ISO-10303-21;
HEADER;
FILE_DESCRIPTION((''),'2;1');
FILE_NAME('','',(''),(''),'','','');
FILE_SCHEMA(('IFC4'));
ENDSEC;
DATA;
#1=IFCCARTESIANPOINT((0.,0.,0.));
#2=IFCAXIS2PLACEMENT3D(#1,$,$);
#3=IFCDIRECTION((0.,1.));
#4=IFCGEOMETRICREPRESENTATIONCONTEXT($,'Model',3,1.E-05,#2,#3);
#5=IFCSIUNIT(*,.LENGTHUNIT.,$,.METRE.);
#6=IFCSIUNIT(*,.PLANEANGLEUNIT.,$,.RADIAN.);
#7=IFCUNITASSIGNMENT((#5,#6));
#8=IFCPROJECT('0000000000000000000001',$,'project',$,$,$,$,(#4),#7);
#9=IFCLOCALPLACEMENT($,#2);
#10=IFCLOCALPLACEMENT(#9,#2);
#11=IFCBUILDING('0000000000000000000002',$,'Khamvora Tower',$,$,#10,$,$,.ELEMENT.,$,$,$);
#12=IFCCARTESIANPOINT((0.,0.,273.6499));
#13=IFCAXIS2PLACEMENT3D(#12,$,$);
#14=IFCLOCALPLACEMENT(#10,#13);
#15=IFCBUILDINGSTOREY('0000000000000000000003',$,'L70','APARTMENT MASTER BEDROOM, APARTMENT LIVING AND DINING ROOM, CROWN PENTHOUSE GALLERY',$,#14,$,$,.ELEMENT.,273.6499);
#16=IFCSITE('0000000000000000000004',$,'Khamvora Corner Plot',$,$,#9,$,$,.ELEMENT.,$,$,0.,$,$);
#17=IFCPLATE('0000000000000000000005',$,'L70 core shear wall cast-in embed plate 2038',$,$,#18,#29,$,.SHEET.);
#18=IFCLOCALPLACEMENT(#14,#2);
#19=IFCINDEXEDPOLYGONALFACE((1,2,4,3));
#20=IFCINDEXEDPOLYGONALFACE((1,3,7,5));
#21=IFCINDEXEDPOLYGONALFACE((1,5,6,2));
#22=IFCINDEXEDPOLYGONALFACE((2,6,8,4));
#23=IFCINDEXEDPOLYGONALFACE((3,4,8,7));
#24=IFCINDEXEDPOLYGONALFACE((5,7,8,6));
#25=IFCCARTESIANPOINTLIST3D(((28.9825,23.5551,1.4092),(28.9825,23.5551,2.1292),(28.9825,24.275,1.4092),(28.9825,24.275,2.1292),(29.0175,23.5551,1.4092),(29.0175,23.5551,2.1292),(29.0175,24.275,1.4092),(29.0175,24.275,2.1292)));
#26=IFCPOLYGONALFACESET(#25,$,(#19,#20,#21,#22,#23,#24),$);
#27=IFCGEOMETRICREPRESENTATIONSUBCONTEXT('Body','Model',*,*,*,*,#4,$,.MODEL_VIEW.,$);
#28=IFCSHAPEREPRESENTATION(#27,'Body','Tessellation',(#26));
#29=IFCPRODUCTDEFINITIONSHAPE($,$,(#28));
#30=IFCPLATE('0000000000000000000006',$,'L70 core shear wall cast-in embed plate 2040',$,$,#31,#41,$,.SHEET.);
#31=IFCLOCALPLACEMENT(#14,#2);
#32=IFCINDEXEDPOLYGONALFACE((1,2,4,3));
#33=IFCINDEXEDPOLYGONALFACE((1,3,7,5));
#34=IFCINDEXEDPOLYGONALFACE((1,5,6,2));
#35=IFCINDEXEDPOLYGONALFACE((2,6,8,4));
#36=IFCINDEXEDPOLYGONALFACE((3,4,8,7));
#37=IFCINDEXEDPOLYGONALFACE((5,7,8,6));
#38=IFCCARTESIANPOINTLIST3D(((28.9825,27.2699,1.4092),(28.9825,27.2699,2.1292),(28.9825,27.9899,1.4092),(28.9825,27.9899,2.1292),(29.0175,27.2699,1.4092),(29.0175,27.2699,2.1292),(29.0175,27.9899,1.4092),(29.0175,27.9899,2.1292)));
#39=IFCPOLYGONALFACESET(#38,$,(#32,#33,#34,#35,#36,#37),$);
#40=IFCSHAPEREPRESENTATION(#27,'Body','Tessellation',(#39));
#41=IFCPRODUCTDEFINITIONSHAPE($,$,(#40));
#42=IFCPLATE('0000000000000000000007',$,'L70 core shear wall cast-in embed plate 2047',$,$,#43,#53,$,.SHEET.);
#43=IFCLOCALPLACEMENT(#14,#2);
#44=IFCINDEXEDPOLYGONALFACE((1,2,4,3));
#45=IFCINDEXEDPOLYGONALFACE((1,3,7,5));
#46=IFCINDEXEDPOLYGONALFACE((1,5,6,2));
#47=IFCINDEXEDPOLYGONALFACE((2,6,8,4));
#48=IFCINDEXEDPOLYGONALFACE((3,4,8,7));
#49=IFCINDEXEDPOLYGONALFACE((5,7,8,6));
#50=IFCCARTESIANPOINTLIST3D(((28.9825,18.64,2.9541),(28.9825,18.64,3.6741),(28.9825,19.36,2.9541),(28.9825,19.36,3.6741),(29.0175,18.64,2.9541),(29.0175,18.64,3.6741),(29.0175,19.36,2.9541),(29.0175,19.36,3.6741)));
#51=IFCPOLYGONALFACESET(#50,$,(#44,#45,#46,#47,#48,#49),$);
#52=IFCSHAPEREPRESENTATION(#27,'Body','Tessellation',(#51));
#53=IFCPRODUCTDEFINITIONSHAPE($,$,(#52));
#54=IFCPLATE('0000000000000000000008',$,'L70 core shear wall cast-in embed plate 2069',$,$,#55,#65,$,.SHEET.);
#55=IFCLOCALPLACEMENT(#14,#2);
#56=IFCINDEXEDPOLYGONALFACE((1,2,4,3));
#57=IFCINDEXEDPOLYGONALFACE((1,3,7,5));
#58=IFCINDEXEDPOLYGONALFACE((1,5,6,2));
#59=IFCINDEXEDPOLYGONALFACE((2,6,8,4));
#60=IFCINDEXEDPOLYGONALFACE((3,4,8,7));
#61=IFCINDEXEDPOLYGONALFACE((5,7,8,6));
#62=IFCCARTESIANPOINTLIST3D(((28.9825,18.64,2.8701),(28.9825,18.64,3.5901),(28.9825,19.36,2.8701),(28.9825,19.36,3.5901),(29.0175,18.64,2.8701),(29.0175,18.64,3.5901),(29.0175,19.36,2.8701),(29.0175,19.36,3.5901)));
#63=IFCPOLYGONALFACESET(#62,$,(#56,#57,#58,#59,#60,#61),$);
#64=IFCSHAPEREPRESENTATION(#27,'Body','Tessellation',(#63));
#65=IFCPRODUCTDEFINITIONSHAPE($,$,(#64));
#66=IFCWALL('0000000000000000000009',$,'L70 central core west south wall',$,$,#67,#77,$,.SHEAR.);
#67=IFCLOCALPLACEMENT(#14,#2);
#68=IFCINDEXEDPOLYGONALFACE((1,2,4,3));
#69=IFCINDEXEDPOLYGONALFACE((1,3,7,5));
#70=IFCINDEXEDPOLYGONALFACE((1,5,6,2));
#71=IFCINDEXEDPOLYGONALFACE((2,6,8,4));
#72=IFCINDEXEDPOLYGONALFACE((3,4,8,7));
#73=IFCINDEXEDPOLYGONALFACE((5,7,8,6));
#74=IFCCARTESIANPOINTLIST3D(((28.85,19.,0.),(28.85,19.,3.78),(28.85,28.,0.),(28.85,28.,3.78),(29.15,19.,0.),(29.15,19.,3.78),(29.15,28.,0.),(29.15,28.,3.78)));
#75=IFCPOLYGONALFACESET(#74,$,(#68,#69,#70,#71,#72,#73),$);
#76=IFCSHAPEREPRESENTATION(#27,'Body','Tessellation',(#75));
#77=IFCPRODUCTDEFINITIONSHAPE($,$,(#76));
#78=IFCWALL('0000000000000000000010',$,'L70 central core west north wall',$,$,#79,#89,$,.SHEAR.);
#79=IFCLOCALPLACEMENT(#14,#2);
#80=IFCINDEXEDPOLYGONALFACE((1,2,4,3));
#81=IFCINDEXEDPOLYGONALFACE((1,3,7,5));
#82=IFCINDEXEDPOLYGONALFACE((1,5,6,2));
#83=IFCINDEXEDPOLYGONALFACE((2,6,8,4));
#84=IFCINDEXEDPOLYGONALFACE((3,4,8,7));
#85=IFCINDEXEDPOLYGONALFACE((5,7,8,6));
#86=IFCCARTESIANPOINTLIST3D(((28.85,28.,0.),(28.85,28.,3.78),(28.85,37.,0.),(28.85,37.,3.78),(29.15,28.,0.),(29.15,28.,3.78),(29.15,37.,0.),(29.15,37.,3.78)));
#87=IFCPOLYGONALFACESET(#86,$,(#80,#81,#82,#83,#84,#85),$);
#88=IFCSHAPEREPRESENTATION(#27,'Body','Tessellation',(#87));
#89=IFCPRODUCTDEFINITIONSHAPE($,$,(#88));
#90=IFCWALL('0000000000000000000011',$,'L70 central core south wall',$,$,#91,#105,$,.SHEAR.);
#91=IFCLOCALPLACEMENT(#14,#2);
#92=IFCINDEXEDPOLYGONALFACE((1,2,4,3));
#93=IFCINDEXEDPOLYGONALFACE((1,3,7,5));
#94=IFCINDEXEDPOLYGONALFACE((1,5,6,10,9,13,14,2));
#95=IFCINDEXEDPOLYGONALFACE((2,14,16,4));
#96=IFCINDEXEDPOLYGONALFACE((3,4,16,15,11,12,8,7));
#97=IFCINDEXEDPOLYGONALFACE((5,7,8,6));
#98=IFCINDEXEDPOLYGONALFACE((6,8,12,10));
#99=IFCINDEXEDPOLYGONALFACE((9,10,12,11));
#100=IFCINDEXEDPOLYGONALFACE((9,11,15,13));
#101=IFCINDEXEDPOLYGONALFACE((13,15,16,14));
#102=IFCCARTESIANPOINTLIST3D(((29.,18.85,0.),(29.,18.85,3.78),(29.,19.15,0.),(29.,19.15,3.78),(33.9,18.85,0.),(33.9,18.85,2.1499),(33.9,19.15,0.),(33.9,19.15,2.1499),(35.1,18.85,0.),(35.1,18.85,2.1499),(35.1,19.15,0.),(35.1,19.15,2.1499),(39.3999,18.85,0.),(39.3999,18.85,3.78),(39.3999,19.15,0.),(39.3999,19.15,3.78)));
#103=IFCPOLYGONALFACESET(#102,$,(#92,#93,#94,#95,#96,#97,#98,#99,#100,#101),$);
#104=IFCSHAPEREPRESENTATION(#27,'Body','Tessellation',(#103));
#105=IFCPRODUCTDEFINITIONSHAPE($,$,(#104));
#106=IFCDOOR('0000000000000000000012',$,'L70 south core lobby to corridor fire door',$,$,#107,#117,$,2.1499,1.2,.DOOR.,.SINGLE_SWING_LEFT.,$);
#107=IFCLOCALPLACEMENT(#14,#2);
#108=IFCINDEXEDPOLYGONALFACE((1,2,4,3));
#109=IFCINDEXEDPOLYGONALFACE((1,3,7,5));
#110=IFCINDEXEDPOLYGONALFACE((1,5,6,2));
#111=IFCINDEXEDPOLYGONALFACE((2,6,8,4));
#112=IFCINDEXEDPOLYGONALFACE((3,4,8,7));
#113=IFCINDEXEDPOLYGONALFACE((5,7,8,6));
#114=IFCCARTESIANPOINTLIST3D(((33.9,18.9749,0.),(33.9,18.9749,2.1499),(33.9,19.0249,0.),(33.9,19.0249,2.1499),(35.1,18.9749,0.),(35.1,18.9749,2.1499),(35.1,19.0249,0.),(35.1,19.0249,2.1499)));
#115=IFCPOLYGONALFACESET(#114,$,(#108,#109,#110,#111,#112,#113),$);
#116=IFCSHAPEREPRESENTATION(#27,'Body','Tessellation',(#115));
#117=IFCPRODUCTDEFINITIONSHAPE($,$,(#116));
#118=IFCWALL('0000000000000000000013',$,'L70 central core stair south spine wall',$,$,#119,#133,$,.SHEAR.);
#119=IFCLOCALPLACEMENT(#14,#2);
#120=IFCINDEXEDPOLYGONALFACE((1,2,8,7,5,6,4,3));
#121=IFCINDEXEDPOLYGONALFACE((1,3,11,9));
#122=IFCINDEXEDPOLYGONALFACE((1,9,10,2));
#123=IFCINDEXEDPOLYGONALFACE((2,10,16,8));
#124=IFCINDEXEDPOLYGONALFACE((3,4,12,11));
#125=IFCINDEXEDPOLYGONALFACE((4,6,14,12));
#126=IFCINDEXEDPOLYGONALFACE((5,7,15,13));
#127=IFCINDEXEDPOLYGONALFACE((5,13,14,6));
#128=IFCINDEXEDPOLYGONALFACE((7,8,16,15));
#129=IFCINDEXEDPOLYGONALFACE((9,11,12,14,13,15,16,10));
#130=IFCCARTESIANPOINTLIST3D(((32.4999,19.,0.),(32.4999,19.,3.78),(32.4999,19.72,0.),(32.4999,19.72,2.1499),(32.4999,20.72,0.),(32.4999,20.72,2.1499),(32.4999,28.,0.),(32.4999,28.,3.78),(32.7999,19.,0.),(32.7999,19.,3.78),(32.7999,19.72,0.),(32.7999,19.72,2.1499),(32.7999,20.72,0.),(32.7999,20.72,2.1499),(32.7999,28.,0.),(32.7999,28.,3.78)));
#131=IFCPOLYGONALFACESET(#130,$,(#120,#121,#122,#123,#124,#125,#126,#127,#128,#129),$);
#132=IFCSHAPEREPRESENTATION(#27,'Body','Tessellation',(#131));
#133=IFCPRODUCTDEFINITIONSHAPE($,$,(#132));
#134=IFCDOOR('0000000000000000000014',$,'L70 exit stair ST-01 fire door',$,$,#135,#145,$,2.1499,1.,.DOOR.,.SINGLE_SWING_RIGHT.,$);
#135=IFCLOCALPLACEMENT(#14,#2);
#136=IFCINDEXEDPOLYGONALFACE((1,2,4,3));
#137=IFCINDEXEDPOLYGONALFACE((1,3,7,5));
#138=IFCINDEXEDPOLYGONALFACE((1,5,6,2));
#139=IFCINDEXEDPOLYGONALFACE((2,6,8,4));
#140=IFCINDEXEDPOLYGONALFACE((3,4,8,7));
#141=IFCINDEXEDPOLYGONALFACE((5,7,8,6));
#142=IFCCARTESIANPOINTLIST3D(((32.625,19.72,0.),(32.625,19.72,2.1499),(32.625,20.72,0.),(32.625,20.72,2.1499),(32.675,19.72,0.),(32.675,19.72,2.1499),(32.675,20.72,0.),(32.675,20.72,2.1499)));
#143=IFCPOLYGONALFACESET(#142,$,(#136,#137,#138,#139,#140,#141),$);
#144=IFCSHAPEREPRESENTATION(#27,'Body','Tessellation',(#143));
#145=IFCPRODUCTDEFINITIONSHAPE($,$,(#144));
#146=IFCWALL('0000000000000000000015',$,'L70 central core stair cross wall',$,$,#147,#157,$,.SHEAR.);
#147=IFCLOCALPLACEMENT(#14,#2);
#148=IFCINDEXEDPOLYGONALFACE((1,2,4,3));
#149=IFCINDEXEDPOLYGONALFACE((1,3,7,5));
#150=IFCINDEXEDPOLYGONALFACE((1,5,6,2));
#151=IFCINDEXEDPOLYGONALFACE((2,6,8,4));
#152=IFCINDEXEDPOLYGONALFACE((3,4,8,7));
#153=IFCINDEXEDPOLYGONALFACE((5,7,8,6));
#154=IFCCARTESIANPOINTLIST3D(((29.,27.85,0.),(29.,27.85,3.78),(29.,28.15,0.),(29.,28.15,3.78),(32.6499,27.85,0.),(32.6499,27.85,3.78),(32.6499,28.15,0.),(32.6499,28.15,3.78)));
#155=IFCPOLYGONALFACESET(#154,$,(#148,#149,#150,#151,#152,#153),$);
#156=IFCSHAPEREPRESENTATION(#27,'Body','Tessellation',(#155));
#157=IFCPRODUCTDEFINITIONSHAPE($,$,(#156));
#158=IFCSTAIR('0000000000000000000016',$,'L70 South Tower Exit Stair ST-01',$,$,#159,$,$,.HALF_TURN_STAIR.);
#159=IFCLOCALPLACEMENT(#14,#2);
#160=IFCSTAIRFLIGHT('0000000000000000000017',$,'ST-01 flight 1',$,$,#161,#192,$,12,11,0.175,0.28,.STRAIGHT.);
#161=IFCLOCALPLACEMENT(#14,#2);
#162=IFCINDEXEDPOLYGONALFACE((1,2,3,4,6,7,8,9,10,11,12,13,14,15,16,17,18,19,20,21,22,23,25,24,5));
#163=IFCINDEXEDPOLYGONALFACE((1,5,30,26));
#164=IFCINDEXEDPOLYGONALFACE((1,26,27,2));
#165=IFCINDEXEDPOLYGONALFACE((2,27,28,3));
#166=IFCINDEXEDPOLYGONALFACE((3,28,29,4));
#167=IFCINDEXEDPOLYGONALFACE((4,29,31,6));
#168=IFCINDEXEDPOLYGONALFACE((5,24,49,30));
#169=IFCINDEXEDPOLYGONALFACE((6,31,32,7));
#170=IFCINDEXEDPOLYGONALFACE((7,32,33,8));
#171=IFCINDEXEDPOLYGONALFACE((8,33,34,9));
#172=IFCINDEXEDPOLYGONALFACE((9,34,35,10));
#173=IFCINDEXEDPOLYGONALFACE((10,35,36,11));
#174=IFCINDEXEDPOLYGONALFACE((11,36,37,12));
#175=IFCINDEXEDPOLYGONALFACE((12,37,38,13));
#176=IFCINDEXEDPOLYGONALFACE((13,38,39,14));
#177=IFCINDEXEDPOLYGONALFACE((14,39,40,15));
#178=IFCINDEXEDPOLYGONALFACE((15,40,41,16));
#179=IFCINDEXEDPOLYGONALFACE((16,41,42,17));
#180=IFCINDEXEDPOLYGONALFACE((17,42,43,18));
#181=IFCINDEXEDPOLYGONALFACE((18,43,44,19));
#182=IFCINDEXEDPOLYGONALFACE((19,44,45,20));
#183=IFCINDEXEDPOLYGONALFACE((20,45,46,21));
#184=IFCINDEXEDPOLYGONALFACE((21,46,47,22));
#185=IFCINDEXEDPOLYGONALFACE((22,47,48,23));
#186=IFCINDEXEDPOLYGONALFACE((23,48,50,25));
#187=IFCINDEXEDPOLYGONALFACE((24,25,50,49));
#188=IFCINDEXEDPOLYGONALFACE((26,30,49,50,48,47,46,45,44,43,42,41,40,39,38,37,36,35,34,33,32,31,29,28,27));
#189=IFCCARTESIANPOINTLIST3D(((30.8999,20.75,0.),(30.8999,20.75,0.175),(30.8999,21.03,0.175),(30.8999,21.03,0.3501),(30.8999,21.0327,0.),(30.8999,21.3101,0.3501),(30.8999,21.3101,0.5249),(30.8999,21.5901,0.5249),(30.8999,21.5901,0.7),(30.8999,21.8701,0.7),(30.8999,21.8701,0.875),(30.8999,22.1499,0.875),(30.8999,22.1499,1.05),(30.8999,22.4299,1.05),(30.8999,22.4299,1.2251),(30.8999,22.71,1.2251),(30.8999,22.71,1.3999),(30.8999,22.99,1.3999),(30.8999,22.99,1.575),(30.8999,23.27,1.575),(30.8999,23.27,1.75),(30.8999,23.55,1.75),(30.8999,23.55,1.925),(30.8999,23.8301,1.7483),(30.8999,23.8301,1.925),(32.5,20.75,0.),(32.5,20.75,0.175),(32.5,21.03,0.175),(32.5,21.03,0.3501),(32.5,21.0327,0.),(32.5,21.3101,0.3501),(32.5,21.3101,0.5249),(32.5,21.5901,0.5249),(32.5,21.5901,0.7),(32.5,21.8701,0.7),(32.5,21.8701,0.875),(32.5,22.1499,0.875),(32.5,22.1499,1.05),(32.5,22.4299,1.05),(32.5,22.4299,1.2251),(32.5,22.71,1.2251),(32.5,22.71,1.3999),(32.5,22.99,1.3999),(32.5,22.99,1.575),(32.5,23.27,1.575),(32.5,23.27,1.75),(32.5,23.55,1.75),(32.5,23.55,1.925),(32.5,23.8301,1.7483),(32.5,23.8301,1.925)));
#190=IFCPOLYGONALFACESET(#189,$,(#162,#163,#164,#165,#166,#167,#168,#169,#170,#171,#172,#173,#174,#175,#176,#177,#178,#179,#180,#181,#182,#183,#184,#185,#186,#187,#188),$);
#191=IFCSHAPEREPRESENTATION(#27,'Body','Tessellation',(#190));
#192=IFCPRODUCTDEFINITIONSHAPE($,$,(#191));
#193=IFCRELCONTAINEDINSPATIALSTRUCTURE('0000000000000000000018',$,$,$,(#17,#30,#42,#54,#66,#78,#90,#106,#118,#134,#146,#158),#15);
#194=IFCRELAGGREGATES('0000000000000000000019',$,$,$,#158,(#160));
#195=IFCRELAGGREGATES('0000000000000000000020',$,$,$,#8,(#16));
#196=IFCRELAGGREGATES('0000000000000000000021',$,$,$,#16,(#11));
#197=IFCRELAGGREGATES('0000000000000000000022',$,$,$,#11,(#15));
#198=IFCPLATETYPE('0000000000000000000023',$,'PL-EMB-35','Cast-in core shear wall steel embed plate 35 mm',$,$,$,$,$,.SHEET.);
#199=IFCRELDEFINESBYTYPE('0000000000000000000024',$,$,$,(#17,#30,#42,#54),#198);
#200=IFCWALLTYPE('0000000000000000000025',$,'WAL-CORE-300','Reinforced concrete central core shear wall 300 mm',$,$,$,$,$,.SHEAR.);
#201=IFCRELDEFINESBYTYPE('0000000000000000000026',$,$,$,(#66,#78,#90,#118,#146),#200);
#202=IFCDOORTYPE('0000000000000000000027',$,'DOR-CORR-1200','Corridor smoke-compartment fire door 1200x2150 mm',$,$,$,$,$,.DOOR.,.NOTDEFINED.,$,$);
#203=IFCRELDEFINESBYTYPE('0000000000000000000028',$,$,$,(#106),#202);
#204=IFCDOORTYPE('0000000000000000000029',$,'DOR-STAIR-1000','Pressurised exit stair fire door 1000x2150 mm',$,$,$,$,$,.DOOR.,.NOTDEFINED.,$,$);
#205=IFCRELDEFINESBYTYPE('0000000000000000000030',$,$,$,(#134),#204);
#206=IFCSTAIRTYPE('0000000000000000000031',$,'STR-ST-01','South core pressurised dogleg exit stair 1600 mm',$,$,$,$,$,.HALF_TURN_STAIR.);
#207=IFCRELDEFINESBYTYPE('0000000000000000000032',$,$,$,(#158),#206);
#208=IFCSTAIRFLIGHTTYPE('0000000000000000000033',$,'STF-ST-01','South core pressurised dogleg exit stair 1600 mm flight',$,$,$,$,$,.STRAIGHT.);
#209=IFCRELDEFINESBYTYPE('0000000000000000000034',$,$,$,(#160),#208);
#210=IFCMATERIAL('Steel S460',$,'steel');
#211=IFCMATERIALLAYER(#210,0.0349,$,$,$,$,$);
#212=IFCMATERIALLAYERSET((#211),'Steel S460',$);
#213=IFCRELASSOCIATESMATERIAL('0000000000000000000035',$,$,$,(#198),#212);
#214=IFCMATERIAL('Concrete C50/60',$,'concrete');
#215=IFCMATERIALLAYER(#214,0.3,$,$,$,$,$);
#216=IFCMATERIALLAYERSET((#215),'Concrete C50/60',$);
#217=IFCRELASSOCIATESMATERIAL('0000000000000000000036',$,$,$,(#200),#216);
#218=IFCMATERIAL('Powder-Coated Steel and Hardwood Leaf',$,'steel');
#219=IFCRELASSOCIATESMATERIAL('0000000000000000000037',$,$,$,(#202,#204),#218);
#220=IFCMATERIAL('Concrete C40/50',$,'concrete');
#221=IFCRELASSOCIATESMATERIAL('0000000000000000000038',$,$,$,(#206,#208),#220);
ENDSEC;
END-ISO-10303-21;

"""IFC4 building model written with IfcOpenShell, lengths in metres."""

from ifc_helpers import new_model, si_unit, direction, frame, frame_2d, origin, origin_2d, place, context, subcontext, project, spatial, polyline, rectangle, outline, extrude, material, layer, layer_set, type_object, element, fill, aggregate, save


model = new_model("IFC4")

# Units and contexts
model_context = context("Model", 3, precision=1e-05, world=origin(), true_north=direction((0.0, 1.0)))
body_context = subcontext(model_context, "Body", "Model", "MODEL_VIEW")
ifc_project = project(units=[si_unit("LENGTHUNIT", "METRE"), si_unit("PLANEANGLEUNIT", "RADIAN")], contexts=[model_context])

# Site, building, storey
site_placement = place(None, origin())
site = spatial("IfcSite", under=ifc_project, at=site_placement, Name="Khamvora Corner Plot", CompositionType="ELEMENT", RefElevation=0.0)
building_placement = place(site_placement, origin())
building = spatial("IfcBuilding", under=site, at=building_placement, Name="Khamvora Tower", CompositionType="ELEMENT")
storey_placement = place(building_placement, frame((0.0, 0.0, 273.6499)))
storey = spatial("IfcBuildingStorey", under=building, at=storey_placement, Name="L70", Description="APARTMENT MASTER BEDROOM, APARTMENT LIVING AND DINING ROOM, CROWN PENTHOUSE GALLERY", CompositionType="ELEMENT", Elevation=273.6499)

# Shared definitions
ifc_material_1 = material(Name="Steel S460", Category="steel")

# Plates
ifc_layer_1 = layer(ifc_material_1, 0.0349)
ifc_layer_set_1 = layer_set([ifc_layer_1], Name="Steel S460")
plate_type_1 = type_object("IfcPlateType", Name="PL-EMB-35", Description="Cast-in core shear wall steel embed plate 35 mm", PredefinedType="SHEET", material=ifc_layer_set_1)
for number, where, z_axis, x_axis, name in (
    (1, (29.0, 23.915, 1.4092), (0.0, 0.0, 1.0), (1.0, 0.0, 0.0), "L70 core shear wall cast-in embed plate 2038"),
    (2, (29.0, 27.6299, 1.4092), (0.0, 0.0, 1.0), (1.0, 0.0, 0.0), "L70 core shear wall cast-in embed plate 2040"),
    (3, (29.0, 19.0, 2.9541), (0.0, 0.0, 1.0), (1.0, 0.0, 0.0), "L70 core shear wall cast-in embed plate 2047"),
    (4, (29.0, 19.0, 2.8701), (0.0, 0.0, 1.0), (1.0, 0.0, 0.0), "L70 core shear wall cast-in embed plate 2069"),
):
    element("IfcPlate", number, at=place(storey_placement, frame(where, z_axis=z_axis, x_axis=x_axis)), inside=storey, type_object=plate_type_1, Name=name, PredefinedType="SHEET", context=body_context, shape_type="SweptSolid", body=[
        extrude(rectangle(XDim=0.0349, YDim=0.72, at=origin_2d()), origin(), (0.0, 0.0, 1.0), 0.72),
    ])

# Walls
ifc_material_2 = material(Name="Concrete C50/60", Category="concrete")
ifc_layer_2 = layer(ifc_material_2, 0.3)
ifc_layer_set_2 = layer_set([ifc_layer_2], Name="Concrete C50/60")
wall_type = type_object("IfcWallType", Name="WAL-CORE-300", Description="Reinforced concrete central core shear wall 300 mm", PredefinedType="SHEAR", material=ifc_layer_set_2)
for number, where, z_axis, x_axis, name in (
    (5, (29.0, 19.0, 0.0), (0.0, 0.0, 1.0), (0.0, 1.0, 0.0), "L70 central core west south wall"),
    (6, (29.0, 28.0, 0.0), (0.0, 0.0, 1.0), (0.0, 1.0, 0.0), "L70 central core west north wall"),
):
    element("IfcWall", number, at=place(storey_placement, frame(where, z_axis=z_axis, x_axis=x_axis)), inside=storey, type_object=wall_type, Name=name, PredefinedType="SHEAR", context=body_context, shape_type="SweptSolid", body=[
        extrude(rectangle(XDim=9.0, YDim=0.3, at=frame_2d((4.5, 0.0))), origin(), (0.0, 0.0, 1.0), 3.78),
    ])

# Walls, openings, doors
wall_1_placement = place(storey_placement, frame((29.0, 19.0, 0.0), z_axis=(0.0, 0.0, 1.0), x_axis=(1.0, 0.0, 0.0)))
wall_1 = element("IfcWall", 7, at=wall_1_placement, inside=storey, type_object=wall_type, Name="L70 central core south wall", PredefinedType="SHEAR", context=body_context, shape_type="SweptSolid", body=[
    extrude(rectangle(XDim=10.3999, YDim=0.3, at=frame_2d((5.2, 0.0))), origin(), (0.0, 0.0, 1.0), 3.78),
])
opening_1_placement = place(wall_1_placement, frame((4.8999, 0.0, 0.0)))
opening_1 = element("IfcOpeningElement", 8, at=opening_1_placement, cuts=wall_1, PredefinedType="OPENING", context=body_context, shape_type="SweptSolid", body=[
    extrude(rectangle(XDim=1.2, YDim=2.1499, at=frame_2d((0.6001, 1.075))), frame((0.0, 0.1599, 0.0), z_axis=(0.0, -1.0, 0.0), x_axis=(1.0, 0.0, 0.0)), (0.0, 0.0, 1.0), 0.3201),
])
ifc_material_3 = material(Name="Powder-Coated Steel and Hardwood Leaf", Category="steel")
door_type_1 = type_object("IfcDoorType", Name="DOR-CORR-1200", Description="Corridor smoke-compartment fire door 1200x2150 mm", OperationType="NOTDEFINED", PredefinedType="DOOR", material=ifc_material_3)
door_1_placement = place(opening_1_placement, origin())
door_1 = element("IfcDoor", 9, at=door_1_placement, inside=storey, type_object=door_type_1, Name="L70 south core lobby to corridor fire door", OperationType="SINGLE_SWING_LEFT", OverallHeight=2.1499, OverallWidth=1.2, PredefinedType="DOOR", context=body_context, shape_type="SweptSolid", body=[
    extrude(rectangle(XDim=1.2, YDim=2.1499, at=frame_2d((0.6001, 1.075))), frame((0.0, 0.0249, 0.0), z_axis=(0.0, -1.0, 0.0), x_axis=(1.0, 0.0, 0.0)), (0.0, 0.0, 1.0), 0.05),
])
fill(opening_1, door_1)
wall_2_placement = place(storey_placement, frame((32.6499, 19.0, 0.0), z_axis=(0.0, 0.0, 1.0), x_axis=(0.0, 1.0, 0.0)))
wall_2 = element("IfcWall", 10, at=wall_2_placement, inside=storey, type_object=wall_type, Name="L70 central core stair south spine wall", PredefinedType="SHEAR", context=body_context, shape_type="SweptSolid", body=[
    extrude(rectangle(XDim=9.0, YDim=0.3, at=frame_2d((4.5, 0.0))), origin(), (0.0, 0.0, 1.0), 3.78),
])
opening_2_placement = place(wall_2_placement, frame((0.72, 0.0, 0.0)))
opening_2 = element("IfcOpeningElement", 11, at=opening_2_placement, cuts=wall_2, PredefinedType="OPENING", context=body_context, shape_type="SweptSolid", body=[
    extrude(rectangle(XDim=1.0, YDim=2.1499, at=frame_2d((0.5, 1.075))), frame((0.0, 0.1599, 0.0), z_axis=(0.0, -1.0, 0.0), x_axis=(1.0, 0.0, 0.0)), (0.0, 0.0, 1.0), 0.3201),
])
door_type_2 = type_object("IfcDoorType", Name="DOR-STAIR-1000", Description="Pressurised exit stair fire door 1000x2150 mm", OperationType="NOTDEFINED", PredefinedType="DOOR", material=ifc_material_3)
door_2_placement = place(opening_2_placement, origin())
door_2 = element("IfcDoor", 12, at=door_2_placement, inside=storey, type_object=door_type_2, Name="L70 exit stair ST-01 fire door", OperationType="SINGLE_SWING_RIGHT", OverallHeight=2.1499, OverallWidth=1.0, PredefinedType="DOOR", context=body_context, shape_type="SweptSolid", body=[
    extrude(rectangle(XDim=1.0, YDim=2.1499, at=frame_2d((0.5, 1.075))), frame((0.0, 0.0249, 0.0), z_axis=(0.0, -1.0, 0.0), x_axis=(1.0, 0.0, 0.0)), (0.0, 0.0, 1.0), 0.05),
])
fill(opening_2, door_2)

# Wall
wall_3_placement = place(storey_placement, frame((29.0, 28.0, 0.0), z_axis=(0.0, 0.0, 1.0), x_axis=(1.0, 0.0, 0.0)))
element("IfcWall", 13, at=wall_3_placement, inside=storey, type_object=wall_type, Name="L70 central core stair cross wall", PredefinedType="SHEAR", context=body_context, shape_type="SweptSolid", body=[
    extrude(rectangle(XDim=3.6499, YDim=0.3, at=frame_2d((1.825, 0.0))), origin(), (0.0, 0.0, 1.0), 3.78),
])

# Stair, stair flight
ifc_material_4 = material(Name="Concrete C40/50", Category="concrete")
stair_type = type_object("IfcStairType", Name="STR-ST-01", Description="South core pressurised dogleg exit stair 1600 mm", PredefinedType="HALF_TURN_STAIR", material=ifc_material_4)
stair_placement = place(storey_placement, origin())
stair = element("IfcStair", 14, at=stair_placement, inside=storey, type_object=stair_type, Name="L70 South Tower Exit Stair ST-01", PredefinedType="HALF_TURN_STAIR")
stair_flight_type = type_object("IfcStairFlightType", Name="STF-ST-01", Description="South core pressurised dogleg exit stair 1600 mm flight", PredefinedType="STRAIGHT", material=ifc_material_4)
stair_flight_1_placement = place(storey_placement, frame((31.7, 20.75, 0.0), z_axis=(0.0, 0.0, 1.0), x_axis=(0.0, 1.0, 0.0)))
stair_flight_1 = element("IfcStairFlight", 15, at=stair_flight_1_placement, type_object=stair_flight_type, Name="ST-01 flight 1", NumberOfRisers=12, NumberOfTreads=11, PredefinedType="STRAIGHT", RiserHeight=0.175, TreadLength=0.28, context=body_context, shape_type="SweptSolid", body=[
    extrude(outline(polyline([(0.0, 0.0), (0.0, 0.175), (0.28, 0.175), (0.28, 0.3501), (0.5601, 0.3501), (0.5601, 0.5249), (0.8401, 0.5249), (0.8401, 0.7), (1.1201, 0.7), (1.1201, 0.875), (1.3999, 0.875), (1.3999, 1.05), (1.6799, 1.05), (1.6799, 1.2251), (1.96, 1.2251), (1.96, 1.3999), (2.24, 1.3999), (2.24, 1.575), (2.52, 1.575), (2.52, 1.75), (2.8, 1.75), (2.8, 1.925), (3.0801, 1.925), (3.0801, 2.1001), (3.0801, 1.7483), (0.2827, 0.0), (0.0, 0.0)])), frame((0.0, 0.8, 0.0), z_axis=(0.0, -1.0, 0.0), x_axis=(1.0, 0.0, 0.0)), (0.0, 0.0, 1.0), 1.6001),
])
aggregate(stair, [stair_flight_1])

save(model, "model.ifc")
